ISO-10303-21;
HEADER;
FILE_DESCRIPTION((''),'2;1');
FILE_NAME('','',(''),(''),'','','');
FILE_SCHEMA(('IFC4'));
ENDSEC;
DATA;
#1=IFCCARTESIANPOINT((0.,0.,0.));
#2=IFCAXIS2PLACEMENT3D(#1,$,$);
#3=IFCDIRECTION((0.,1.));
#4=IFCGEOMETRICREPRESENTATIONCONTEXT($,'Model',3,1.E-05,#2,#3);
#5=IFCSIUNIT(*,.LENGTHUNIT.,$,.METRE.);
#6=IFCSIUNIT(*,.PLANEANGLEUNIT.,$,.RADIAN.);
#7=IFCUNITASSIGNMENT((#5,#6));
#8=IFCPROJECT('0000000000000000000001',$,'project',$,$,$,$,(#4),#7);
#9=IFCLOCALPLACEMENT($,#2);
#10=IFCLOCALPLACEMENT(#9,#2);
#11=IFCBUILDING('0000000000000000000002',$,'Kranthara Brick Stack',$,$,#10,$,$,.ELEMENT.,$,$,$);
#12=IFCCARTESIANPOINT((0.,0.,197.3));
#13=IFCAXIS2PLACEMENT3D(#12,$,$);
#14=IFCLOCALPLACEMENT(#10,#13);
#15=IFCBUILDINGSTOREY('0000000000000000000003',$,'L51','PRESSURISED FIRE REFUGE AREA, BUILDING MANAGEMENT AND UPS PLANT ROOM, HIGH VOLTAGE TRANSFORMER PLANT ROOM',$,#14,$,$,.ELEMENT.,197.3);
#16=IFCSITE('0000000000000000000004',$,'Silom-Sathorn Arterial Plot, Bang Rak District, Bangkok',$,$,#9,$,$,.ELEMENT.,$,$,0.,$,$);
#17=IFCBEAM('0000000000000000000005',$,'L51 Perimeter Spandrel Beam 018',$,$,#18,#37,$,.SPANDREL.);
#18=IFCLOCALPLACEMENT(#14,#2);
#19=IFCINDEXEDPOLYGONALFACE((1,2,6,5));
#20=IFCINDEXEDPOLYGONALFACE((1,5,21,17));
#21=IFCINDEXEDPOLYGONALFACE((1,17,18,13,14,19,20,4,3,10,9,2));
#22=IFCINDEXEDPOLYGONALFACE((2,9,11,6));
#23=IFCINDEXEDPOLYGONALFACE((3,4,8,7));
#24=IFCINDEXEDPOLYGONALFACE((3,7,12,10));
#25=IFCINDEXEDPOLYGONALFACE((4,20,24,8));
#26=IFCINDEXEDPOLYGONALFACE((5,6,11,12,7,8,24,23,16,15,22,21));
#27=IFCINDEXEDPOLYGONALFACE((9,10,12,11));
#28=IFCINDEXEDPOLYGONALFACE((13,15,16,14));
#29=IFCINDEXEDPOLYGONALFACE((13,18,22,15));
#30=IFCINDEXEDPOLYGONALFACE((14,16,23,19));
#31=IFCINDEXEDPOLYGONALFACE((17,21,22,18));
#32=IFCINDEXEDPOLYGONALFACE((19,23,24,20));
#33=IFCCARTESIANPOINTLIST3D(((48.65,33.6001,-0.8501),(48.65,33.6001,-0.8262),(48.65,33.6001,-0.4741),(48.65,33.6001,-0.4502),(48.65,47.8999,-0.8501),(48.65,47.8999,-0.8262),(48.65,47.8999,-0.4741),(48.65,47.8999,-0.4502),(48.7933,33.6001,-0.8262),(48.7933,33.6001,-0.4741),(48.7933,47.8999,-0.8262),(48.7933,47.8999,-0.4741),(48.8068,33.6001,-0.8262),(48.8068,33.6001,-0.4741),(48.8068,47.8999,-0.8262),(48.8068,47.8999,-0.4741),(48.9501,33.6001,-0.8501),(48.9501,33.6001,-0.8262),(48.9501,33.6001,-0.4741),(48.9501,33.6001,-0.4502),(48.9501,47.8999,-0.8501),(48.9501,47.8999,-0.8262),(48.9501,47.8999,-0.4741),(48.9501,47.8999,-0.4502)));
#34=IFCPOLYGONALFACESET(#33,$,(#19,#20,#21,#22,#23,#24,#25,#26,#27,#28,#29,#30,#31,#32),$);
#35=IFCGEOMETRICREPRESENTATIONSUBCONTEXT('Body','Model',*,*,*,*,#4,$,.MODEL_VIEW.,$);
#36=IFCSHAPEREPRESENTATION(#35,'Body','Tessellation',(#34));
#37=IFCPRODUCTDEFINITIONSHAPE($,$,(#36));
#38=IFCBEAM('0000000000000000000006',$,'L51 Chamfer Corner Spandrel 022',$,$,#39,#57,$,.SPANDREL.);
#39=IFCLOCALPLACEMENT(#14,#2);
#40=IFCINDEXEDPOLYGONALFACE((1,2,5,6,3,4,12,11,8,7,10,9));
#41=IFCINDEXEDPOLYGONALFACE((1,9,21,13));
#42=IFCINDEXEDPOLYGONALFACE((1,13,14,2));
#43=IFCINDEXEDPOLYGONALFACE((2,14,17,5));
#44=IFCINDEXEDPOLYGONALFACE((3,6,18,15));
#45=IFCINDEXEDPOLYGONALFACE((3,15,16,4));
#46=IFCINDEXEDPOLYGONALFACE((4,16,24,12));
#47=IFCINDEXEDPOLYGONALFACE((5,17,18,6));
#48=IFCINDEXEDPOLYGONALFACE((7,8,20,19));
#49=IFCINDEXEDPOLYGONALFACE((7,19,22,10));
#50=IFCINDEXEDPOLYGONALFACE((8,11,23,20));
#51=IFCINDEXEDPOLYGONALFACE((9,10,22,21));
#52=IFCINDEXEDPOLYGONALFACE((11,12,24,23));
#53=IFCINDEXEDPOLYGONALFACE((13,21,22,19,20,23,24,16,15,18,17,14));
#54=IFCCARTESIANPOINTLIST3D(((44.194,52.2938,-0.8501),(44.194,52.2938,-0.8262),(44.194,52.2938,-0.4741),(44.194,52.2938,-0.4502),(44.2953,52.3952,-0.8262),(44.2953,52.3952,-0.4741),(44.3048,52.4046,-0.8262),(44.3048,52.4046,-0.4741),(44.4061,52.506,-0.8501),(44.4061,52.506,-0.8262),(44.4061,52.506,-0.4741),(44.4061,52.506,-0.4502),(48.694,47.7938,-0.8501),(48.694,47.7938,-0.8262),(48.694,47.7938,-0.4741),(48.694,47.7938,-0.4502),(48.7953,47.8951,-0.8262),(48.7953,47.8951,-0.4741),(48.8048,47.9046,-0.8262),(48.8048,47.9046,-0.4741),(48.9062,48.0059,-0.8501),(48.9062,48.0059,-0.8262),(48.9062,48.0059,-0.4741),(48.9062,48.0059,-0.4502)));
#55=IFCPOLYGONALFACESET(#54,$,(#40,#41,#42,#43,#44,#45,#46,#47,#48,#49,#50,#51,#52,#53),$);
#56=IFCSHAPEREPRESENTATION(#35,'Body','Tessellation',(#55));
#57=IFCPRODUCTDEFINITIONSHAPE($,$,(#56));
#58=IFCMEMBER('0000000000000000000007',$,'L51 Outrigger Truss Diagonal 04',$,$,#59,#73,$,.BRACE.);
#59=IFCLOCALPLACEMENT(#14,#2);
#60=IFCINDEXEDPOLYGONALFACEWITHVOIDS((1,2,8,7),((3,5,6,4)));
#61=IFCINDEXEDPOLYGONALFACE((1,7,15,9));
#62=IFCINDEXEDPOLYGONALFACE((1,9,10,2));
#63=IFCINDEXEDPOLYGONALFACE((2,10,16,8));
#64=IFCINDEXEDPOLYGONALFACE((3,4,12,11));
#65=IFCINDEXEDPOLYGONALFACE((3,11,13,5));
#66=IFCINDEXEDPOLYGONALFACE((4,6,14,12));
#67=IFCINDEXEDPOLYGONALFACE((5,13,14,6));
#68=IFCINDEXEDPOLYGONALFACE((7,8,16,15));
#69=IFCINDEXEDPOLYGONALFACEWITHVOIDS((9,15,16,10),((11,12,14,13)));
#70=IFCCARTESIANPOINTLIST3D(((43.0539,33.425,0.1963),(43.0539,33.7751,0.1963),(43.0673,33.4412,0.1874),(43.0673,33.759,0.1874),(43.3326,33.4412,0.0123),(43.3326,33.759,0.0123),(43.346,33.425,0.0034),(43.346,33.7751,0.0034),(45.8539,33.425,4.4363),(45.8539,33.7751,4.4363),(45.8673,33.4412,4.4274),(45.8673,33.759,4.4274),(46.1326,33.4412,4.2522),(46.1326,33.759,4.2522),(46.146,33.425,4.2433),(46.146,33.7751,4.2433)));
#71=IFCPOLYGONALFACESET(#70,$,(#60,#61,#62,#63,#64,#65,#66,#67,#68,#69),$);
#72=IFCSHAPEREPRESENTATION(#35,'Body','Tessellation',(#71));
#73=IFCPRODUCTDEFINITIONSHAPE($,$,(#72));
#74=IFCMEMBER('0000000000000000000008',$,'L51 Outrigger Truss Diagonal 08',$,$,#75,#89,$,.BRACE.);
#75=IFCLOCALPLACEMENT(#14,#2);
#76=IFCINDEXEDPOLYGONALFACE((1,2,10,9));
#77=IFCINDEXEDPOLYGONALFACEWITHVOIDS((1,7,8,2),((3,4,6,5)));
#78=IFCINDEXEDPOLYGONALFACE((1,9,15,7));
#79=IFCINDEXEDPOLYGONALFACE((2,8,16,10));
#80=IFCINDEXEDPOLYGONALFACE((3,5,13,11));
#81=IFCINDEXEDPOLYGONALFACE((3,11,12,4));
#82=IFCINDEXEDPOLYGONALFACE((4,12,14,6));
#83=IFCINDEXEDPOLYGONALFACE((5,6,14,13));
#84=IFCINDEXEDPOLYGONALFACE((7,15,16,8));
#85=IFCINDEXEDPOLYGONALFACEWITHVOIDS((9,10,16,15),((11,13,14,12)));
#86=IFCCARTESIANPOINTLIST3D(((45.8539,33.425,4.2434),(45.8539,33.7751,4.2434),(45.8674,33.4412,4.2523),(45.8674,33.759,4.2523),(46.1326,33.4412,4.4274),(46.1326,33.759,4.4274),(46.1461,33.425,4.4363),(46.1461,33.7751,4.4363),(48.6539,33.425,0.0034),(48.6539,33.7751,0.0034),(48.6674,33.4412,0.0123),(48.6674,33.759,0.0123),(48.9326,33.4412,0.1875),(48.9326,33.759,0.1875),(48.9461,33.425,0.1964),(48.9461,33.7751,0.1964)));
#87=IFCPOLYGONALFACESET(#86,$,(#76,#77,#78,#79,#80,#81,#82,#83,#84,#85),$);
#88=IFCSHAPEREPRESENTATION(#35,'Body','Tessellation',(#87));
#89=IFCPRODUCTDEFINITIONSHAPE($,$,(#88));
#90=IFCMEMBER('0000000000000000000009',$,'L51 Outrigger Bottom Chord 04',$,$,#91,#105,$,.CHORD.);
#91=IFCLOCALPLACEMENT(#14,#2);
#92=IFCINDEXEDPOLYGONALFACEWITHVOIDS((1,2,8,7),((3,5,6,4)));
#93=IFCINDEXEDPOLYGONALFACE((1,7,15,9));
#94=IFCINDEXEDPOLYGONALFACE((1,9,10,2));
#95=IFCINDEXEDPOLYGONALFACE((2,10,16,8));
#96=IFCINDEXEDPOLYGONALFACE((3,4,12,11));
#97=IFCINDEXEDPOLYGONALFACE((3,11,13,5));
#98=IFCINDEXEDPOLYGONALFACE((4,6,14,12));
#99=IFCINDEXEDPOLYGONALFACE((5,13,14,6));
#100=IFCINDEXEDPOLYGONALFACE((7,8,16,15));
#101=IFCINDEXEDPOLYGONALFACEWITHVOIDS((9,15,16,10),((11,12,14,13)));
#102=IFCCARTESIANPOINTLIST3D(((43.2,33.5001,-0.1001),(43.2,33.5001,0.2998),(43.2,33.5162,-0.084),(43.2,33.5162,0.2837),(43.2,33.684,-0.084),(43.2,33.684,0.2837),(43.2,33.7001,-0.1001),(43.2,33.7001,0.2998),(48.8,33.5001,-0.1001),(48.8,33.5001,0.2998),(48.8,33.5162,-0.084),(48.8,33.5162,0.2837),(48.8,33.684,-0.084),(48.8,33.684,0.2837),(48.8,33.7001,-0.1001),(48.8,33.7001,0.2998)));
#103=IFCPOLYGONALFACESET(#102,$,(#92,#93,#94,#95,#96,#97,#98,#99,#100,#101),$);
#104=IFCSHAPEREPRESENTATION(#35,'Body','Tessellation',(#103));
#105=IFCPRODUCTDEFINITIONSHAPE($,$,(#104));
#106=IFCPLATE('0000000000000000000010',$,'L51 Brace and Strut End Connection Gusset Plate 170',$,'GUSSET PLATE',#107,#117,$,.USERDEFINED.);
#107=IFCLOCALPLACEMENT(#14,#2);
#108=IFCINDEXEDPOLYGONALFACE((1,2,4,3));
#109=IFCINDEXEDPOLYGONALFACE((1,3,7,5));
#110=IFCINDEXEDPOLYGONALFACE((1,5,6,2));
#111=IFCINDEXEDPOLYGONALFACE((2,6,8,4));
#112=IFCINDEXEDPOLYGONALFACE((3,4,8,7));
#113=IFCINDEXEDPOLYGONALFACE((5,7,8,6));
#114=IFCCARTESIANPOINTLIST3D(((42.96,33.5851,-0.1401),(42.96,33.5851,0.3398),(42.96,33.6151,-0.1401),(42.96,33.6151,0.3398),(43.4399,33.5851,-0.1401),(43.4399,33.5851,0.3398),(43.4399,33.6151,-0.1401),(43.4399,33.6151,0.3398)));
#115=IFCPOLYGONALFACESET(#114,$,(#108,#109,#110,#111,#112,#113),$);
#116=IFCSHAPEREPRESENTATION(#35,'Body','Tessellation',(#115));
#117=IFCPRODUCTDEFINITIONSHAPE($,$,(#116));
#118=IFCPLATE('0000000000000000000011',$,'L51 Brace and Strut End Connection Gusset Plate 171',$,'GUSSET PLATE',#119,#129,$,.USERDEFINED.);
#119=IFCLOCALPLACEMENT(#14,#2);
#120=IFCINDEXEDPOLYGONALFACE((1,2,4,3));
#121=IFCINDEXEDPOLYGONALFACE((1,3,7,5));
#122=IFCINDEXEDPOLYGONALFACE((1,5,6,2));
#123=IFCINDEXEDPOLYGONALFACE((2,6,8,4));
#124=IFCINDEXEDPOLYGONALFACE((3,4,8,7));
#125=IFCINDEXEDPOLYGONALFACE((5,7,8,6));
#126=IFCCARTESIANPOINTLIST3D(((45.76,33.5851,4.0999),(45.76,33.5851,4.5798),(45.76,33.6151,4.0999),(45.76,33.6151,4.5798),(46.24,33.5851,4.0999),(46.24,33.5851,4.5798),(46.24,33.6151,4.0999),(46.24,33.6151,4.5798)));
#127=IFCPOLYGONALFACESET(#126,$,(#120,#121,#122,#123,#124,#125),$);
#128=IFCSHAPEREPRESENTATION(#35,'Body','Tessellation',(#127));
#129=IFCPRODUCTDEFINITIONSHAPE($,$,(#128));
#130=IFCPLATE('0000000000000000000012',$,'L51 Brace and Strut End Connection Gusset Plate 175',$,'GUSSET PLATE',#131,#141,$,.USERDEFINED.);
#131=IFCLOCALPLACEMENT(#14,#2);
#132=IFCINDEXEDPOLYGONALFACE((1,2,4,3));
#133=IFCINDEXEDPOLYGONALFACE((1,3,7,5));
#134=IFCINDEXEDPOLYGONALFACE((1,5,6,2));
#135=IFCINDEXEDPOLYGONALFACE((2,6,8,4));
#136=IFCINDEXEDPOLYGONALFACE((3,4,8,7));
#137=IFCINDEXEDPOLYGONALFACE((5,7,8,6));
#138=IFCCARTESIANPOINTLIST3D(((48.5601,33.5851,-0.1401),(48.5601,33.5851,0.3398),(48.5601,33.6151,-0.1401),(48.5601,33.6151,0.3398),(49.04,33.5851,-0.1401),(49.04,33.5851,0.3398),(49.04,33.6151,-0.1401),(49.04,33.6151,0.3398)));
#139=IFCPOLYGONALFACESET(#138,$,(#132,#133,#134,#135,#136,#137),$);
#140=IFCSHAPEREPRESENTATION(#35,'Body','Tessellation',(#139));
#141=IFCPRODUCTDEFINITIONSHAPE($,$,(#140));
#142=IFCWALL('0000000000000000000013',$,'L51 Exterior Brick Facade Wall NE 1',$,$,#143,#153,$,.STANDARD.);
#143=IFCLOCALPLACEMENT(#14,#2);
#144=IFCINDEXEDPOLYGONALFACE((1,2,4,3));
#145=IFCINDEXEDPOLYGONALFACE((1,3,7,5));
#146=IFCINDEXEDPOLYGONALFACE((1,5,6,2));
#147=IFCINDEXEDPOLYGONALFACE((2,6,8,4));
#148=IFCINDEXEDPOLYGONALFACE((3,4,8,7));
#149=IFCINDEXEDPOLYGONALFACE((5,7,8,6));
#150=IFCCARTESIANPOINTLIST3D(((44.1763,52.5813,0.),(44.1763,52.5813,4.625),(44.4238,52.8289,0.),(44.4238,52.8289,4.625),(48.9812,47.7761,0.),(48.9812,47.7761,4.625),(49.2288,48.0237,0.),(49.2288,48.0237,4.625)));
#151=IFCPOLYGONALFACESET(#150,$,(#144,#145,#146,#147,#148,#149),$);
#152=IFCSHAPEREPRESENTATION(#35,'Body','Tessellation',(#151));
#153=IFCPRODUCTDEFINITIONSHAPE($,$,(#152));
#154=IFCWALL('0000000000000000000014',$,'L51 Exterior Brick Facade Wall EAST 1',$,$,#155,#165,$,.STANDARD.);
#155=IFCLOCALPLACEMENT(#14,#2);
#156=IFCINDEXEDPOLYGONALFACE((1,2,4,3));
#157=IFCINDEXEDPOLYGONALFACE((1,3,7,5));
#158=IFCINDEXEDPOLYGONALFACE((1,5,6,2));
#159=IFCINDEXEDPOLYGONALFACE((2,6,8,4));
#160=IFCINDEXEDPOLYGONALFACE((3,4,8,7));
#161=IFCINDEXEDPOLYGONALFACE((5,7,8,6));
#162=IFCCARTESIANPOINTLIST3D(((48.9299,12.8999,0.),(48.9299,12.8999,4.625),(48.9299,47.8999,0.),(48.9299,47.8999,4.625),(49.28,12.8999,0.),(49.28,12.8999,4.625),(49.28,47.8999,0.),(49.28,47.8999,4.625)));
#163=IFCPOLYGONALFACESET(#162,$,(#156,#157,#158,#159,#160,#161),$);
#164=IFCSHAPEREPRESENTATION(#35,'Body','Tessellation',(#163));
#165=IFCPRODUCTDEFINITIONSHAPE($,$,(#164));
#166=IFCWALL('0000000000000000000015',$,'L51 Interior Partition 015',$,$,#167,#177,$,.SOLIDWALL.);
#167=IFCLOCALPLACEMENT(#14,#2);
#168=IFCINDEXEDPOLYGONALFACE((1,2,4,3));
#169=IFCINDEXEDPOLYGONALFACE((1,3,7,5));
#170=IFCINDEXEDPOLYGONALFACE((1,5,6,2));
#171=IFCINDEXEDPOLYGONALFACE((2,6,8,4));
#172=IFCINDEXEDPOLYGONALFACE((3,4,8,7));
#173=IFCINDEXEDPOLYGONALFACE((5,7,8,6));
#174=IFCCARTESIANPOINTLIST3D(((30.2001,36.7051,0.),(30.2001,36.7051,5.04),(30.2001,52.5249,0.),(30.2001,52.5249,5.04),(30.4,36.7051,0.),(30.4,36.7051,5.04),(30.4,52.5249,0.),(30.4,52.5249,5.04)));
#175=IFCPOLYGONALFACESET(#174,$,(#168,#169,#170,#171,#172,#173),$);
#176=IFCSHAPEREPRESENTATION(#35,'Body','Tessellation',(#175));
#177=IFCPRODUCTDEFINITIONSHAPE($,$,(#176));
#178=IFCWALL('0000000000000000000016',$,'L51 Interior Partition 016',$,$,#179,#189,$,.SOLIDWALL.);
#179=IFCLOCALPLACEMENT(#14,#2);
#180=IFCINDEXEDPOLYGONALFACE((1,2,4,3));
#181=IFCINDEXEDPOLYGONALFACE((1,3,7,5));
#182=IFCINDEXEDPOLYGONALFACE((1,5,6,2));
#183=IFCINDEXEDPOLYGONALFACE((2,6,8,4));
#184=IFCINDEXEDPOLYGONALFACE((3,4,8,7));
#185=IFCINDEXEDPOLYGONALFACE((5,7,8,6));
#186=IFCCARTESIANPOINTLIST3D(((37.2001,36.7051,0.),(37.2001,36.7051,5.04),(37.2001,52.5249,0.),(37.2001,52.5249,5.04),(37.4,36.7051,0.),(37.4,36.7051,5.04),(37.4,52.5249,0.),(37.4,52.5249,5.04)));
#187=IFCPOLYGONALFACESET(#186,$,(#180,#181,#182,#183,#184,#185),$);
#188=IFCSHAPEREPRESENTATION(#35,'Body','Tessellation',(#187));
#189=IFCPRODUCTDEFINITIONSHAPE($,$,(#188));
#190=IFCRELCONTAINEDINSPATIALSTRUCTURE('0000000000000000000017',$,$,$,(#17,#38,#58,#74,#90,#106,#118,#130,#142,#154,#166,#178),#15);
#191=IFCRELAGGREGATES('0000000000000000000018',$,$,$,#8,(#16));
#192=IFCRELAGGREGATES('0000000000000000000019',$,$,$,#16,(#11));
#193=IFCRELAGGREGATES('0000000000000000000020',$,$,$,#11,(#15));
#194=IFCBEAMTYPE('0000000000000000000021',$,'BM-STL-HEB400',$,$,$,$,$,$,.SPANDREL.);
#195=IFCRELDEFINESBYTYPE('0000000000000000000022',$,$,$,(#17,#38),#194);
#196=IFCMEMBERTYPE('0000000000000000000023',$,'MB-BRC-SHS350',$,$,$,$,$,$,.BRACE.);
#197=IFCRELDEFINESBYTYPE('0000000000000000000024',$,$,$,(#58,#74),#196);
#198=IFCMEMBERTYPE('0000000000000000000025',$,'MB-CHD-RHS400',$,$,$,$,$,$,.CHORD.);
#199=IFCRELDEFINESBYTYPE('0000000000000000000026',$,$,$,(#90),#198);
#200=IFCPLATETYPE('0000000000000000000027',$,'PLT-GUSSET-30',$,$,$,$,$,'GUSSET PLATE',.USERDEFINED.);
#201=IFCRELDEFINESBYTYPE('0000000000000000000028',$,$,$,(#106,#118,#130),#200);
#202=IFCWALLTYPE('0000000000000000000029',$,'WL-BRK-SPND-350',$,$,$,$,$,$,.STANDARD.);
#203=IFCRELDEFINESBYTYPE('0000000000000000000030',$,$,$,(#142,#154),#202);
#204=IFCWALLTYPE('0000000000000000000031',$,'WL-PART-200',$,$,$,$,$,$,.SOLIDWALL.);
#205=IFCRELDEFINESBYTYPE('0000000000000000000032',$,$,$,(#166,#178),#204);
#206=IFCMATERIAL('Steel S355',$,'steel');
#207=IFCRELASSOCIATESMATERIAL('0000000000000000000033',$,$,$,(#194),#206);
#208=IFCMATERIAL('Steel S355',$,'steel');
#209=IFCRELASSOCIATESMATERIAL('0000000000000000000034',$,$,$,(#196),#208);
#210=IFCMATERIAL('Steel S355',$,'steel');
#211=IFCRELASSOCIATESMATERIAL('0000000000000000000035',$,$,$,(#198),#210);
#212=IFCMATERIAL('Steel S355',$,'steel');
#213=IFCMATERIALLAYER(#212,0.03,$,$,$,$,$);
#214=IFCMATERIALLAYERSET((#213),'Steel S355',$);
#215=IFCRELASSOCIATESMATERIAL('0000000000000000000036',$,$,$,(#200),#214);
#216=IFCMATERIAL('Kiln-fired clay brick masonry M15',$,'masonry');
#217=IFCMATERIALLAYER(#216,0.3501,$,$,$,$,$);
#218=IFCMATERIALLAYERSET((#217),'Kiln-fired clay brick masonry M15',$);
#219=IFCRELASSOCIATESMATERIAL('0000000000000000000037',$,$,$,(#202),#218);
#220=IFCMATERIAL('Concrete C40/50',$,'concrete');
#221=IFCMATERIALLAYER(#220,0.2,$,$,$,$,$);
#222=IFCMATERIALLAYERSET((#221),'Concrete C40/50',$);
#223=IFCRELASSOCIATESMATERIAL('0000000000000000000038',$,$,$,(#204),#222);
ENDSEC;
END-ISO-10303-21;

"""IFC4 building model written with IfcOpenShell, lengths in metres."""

from ifc_helpers import new_model, si_unit, direction, frame, frame_2d, origin, origin_2d, place, context, subcontext, project, spatial, rectangle, hollow_rectangle, i_section, extrude, material, layer, layer_set, material_profile, profile_set, type_object, element, save


model = new_model("IFC4")

# Units and contexts
model_context = context("Model", 3, precision=1e-05, world=origin(), true_north=direction((0.0, 1.0)))
body_context = subcontext(model_context, "Body", "Model", "MODEL_VIEW")
ifc_project = project(units=[si_unit("LENGTHUNIT", "METRE"), si_unit("PLANEANGLEUNIT", "RADIAN")], contexts=[model_context])

# Site, building, storey
site_placement = place(None, origin())
site = spatial("IfcSite", under=ifc_project, at=site_placement, Name="Silom-Sathorn Arterial Plot, Bang Rak District, Bangkok", CompositionType="ELEMENT", RefElevation=0.0)
building_placement = place(site_placement, origin())
building = spatial("IfcBuilding", under=site, at=building_placement, Name="Kranthara Brick Stack", CompositionType="ELEMENT")
storey_placement = place(building_placement, frame((0.0, 0.0, 197.3)))
storey = spatial("IfcBuildingStorey", under=building, at=storey_placement, Name="L51", Description="PRESSURISED FIRE REFUGE AREA, BUILDING MANAGEMENT AND UPS PLANT ROOM, HIGH VOLTAGE TRANSFORMER PLANT ROOM", CompositionType="ELEMENT", Elevation=197.3)

# Beams
ifc_material_1 = material(Name="Steel S355", Category="steel")
ifc_material_profile_1 = material_profile(ifc_material_1, i_section(OverallWidth=0.3, OverallDepth=0.3999, WebThickness=0.0134, FlangeThickness=0.0239, at=origin_2d()), Name="HEB 400")
ifc_profile_set_1 = profile_set([ifc_material_profile_1], Name="Steel S355")
beam_type_1 = type_object("IfcBeamType", Name="BM-STL-HEB400", PredefinedType="SPANDREL", material=ifc_profile_set_1)
beam_1_placement = place(storey_placement, frame((48.8, 33.6001, -0.6501), z_axis=(0.0, 1.0, 0.0), x_axis=(-1.0, 0.0, 0.0)))
element("IfcBeam", 1, at=beam_1_placement, inside=storey, type_object=beam_type_1, Name="L51 Perimeter Spandrel Beam 018", PredefinedType="SPANDREL", context=body_context, shape_type="SweptSolid", body=[
    extrude(i_section(OverallWidth=0.3, OverallDepth=0.3999, WebThickness=0.0134, FlangeThickness=0.0239, at=origin_2d()), origin(), (0.0, 0.0, 1.0), 14.2998),
])
beam_2_placement = place(storey_placement, frame((44.3, 52.3999, -0.6501), z_axis=(0.707107, -0.707107, 0.0), x_axis=(0.707107, 0.707107, 0.0)))
element("IfcBeam", 2, at=beam_2_placement, inside=storey, type_object=beam_type_1, Name="L51 Chamfer Corner Spandrel 022", PredefinedType="SPANDREL", context=body_context, shape_type="SweptSolid", body=[
    extrude(i_section(OverallWidth=0.3, OverallDepth=0.3999, WebThickness=0.0134, FlangeThickness=0.0239, at=origin_2d()), origin(), (0.0, 0.0, 1.0), 6.364),
])

# Members
ifc_material_2 = material(Name="Steel S355", Category="steel")
ifc_material_profile_2 = material_profile(ifc_material_2, hollow_rectangle(XDim=0.3501, YDim=0.3501, WallThickness=0.0161, at=origin_2d()), Name="SHS 350x350x16")
ifc_profile_set_2 = profile_set([ifc_material_profile_2], Name="Steel S355")
member_type_1 = type_object("IfcMemberType", Name="MB-BRC-SHS350", PredefinedType="BRACE", material=ifc_profile_set_2)
for number, where, z_axis, x_axis, name in (
    (3, (43.2, 33.6001, 0.0999), (0.551069, 0.0, 0.83446), (0.0, 1.0, 0.0), "L51 Outrigger Truss Diagonal 04"),
    (4, (46.0, 33.6001, 4.3398), (0.551069, 0.0, -0.83446), (0.0, 1.0, 0.0), "L51 Outrigger Truss Diagonal 08"),
):
    element("IfcMember", number, at=place(storey_placement, frame(where, z_axis=z_axis, x_axis=x_axis)), inside=storey, type_object=member_type_1, Name=name, PredefinedType="BRACE", context=body_context, shape_type="SweptSolid", body=[
        extrude(hollow_rectangle(XDim=0.3501, YDim=0.3501, WallThickness=0.0161, at=origin_2d()), origin(), (0.0, 0.0, 1.0), 5.0811),
    ])
ifc_material_3 = material(Name="Steel S355", Category="steel")
ifc_material_profile_3 = material_profile(ifc_material_3, hollow_rectangle(XDim=0.2, YDim=0.3999, WallThickness=0.0161, at=origin_2d()), Name="RHS 200x400x16")
ifc_profile_set_3 = profile_set([ifc_material_profile_3], Name="Steel S355")
member_type_2 = type_object("IfcMemberType", Name="MB-CHD-RHS400", PredefinedType="CHORD", material=ifc_profile_set_3)
member_placement = place(storey_placement, frame((43.2, 33.6001, 0.0999), z_axis=(1.0, 0.0, 0.0), x_axis=(0.0, 1.0, 0.0)))
element("IfcMember", 5, at=member_placement, inside=storey, type_object=member_type_2, Name="L51 Outrigger Bottom Chord 04", PredefinedType="CHORD", context=body_context, shape_type="SweptSolid", body=[
    extrude(hollow_rectangle(XDim=0.2, YDim=0.3999, WallThickness=0.0161, at=origin_2d()), origin(), (0.0, 0.0, 1.0), 5.6001),
])

# Plates
ifc_material_4 = material(Name="Steel S355", Category="steel")
ifc_layer_1 = layer(ifc_material_4, 0.03)
ifc_layer_set_1 = layer_set([ifc_layer_1], Name="Steel S355")
plate_type = type_object("IfcPlateType", Name="PLT-GUSSET-30", ElementType="GUSSET PLATE", PredefinedType="USERDEFINED", material=ifc_layer_set_1)
for number, where, z_axis, x_axis, name in (
    (6, (43.2, 33.6001, -0.1401), (0.0, 0.0, 1.0), (1.0, 0.0, 0.0), "L51 Brace and Strut End Connection Gusset Plate 170"),
    (7, (46.0, 33.6001, 4.0999), (0.0, 0.0, 1.0), (1.0, 0.0, 0.0), "L51 Brace and Strut End Connection Gusset Plate 171"),
    (8, (48.8, 33.6001, -0.1401), (0.0, 0.0, 1.0), (1.0, 0.0, 0.0), "L51 Brace and Strut End Connection Gusset Plate 175"),
):
    element("IfcPlate", number, at=place(storey_placement, frame(where, z_axis=z_axis, x_axis=x_axis)), inside=storey, type_object=plate_type, Name=name, ObjectType="GUSSET PLATE", PredefinedType="USERDEFINED", context=body_context, shape_type="SweptSolid", body=[
        extrude(rectangle(XDim=0.48, YDim=0.03, at=origin_2d()), origin(), (0.0, 0.0, 1.0), 0.48),
    ])

# Walls
ifc_material_5 = material(Name="Kiln-fired clay brick masonry M15", Category="masonry")
ifc_layer_2 = layer(ifc_material_5, 0.3501)
ifc_layer_set_2 = layer_set([ifc_layer_2], Name="Kiln-fired clay brick masonry M15")
wall_type_1 = type_object("IfcWallType", Name="WL-BRK-SPND-350", PredefinedType="STANDARD", material=ifc_layer_set_2)
wall_1_placement = place(storey_placement, frame((44.3, 52.7051, 0.0), z_axis=(0.0, 0.0, 1.0), x_axis=(0.707089, -0.707125, 0.0)))
element("IfcWall", 9, at=wall_1_placement, inside=storey, type_object=wall_type_1, Name="L51 Exterior Brick Facade Wall NE 1", PredefinedType="STANDARD", context=body_context, shape_type="SweptSolid", body=[
    extrude(rectangle(XDim=6.7954, YDim=0.3501, at=frame_2d((3.3977, 0.0))), origin(), (0.0, 0.0, 1.0), 4.625),
])
wall_2_placement = place(storey_placement, frame((49.105, 47.8999, 0.0), z_axis=(0.0, 0.0, 1.0), x_axis=(0.0, -1.0, 0.0)))
element("IfcWall", 10, at=wall_2_placement, inside=storey, type_object=wall_type_1, Name="L51 Exterior Brick Facade Wall EAST 1", PredefinedType="STANDARD", context=body_context, shape_type="SweptSolid", body=[
    extrude(rectangle(XDim=35.0, YDim=0.3501, at=frame_2d((17.5, 0.0))), origin(), (0.0, 0.0, 1.0), 4.625),
])
ifc_material_6 = material(Name="Concrete C40/50", Category="concrete")
ifc_layer_3 = layer(ifc_material_6, 0.2)
ifc_layer_set_3 = layer_set([ifc_layer_3], Name="Concrete C40/50")
wall_type_2 = type_object("IfcWallType", Name="WL-PART-200", PredefinedType="SOLIDWALL", material=ifc_layer_set_3)
for number, where, z_axis, x_axis, name in (
    (11, (30.3, 36.7051, 0.0), (0.0, 0.0, 1.0), (0.0, 1.0, 0.0), "L51 Interior Partition 015"),
    (12, (37.3, 36.7051, 0.0), (0.0, 0.0, 1.0), (0.0, 1.0, 0.0), "L51 Interior Partition 016"),
):
    element("IfcWall", number, at=place(storey_placement, frame(where, z_axis=z_axis, x_axis=x_axis)), inside=storey, type_object=wall_type_2, Name=name, PredefinedType="SOLIDWALL", context=body_context, shape_type="SweptSolid", body=[
        extrude(rectangle(XDim=15.8198, YDim=0.2, at=frame_2d((7.9099, 0.0))), origin(), (0.0, 0.0, 1.0), 5.04),
    ])

save(model, "model.ifc")
